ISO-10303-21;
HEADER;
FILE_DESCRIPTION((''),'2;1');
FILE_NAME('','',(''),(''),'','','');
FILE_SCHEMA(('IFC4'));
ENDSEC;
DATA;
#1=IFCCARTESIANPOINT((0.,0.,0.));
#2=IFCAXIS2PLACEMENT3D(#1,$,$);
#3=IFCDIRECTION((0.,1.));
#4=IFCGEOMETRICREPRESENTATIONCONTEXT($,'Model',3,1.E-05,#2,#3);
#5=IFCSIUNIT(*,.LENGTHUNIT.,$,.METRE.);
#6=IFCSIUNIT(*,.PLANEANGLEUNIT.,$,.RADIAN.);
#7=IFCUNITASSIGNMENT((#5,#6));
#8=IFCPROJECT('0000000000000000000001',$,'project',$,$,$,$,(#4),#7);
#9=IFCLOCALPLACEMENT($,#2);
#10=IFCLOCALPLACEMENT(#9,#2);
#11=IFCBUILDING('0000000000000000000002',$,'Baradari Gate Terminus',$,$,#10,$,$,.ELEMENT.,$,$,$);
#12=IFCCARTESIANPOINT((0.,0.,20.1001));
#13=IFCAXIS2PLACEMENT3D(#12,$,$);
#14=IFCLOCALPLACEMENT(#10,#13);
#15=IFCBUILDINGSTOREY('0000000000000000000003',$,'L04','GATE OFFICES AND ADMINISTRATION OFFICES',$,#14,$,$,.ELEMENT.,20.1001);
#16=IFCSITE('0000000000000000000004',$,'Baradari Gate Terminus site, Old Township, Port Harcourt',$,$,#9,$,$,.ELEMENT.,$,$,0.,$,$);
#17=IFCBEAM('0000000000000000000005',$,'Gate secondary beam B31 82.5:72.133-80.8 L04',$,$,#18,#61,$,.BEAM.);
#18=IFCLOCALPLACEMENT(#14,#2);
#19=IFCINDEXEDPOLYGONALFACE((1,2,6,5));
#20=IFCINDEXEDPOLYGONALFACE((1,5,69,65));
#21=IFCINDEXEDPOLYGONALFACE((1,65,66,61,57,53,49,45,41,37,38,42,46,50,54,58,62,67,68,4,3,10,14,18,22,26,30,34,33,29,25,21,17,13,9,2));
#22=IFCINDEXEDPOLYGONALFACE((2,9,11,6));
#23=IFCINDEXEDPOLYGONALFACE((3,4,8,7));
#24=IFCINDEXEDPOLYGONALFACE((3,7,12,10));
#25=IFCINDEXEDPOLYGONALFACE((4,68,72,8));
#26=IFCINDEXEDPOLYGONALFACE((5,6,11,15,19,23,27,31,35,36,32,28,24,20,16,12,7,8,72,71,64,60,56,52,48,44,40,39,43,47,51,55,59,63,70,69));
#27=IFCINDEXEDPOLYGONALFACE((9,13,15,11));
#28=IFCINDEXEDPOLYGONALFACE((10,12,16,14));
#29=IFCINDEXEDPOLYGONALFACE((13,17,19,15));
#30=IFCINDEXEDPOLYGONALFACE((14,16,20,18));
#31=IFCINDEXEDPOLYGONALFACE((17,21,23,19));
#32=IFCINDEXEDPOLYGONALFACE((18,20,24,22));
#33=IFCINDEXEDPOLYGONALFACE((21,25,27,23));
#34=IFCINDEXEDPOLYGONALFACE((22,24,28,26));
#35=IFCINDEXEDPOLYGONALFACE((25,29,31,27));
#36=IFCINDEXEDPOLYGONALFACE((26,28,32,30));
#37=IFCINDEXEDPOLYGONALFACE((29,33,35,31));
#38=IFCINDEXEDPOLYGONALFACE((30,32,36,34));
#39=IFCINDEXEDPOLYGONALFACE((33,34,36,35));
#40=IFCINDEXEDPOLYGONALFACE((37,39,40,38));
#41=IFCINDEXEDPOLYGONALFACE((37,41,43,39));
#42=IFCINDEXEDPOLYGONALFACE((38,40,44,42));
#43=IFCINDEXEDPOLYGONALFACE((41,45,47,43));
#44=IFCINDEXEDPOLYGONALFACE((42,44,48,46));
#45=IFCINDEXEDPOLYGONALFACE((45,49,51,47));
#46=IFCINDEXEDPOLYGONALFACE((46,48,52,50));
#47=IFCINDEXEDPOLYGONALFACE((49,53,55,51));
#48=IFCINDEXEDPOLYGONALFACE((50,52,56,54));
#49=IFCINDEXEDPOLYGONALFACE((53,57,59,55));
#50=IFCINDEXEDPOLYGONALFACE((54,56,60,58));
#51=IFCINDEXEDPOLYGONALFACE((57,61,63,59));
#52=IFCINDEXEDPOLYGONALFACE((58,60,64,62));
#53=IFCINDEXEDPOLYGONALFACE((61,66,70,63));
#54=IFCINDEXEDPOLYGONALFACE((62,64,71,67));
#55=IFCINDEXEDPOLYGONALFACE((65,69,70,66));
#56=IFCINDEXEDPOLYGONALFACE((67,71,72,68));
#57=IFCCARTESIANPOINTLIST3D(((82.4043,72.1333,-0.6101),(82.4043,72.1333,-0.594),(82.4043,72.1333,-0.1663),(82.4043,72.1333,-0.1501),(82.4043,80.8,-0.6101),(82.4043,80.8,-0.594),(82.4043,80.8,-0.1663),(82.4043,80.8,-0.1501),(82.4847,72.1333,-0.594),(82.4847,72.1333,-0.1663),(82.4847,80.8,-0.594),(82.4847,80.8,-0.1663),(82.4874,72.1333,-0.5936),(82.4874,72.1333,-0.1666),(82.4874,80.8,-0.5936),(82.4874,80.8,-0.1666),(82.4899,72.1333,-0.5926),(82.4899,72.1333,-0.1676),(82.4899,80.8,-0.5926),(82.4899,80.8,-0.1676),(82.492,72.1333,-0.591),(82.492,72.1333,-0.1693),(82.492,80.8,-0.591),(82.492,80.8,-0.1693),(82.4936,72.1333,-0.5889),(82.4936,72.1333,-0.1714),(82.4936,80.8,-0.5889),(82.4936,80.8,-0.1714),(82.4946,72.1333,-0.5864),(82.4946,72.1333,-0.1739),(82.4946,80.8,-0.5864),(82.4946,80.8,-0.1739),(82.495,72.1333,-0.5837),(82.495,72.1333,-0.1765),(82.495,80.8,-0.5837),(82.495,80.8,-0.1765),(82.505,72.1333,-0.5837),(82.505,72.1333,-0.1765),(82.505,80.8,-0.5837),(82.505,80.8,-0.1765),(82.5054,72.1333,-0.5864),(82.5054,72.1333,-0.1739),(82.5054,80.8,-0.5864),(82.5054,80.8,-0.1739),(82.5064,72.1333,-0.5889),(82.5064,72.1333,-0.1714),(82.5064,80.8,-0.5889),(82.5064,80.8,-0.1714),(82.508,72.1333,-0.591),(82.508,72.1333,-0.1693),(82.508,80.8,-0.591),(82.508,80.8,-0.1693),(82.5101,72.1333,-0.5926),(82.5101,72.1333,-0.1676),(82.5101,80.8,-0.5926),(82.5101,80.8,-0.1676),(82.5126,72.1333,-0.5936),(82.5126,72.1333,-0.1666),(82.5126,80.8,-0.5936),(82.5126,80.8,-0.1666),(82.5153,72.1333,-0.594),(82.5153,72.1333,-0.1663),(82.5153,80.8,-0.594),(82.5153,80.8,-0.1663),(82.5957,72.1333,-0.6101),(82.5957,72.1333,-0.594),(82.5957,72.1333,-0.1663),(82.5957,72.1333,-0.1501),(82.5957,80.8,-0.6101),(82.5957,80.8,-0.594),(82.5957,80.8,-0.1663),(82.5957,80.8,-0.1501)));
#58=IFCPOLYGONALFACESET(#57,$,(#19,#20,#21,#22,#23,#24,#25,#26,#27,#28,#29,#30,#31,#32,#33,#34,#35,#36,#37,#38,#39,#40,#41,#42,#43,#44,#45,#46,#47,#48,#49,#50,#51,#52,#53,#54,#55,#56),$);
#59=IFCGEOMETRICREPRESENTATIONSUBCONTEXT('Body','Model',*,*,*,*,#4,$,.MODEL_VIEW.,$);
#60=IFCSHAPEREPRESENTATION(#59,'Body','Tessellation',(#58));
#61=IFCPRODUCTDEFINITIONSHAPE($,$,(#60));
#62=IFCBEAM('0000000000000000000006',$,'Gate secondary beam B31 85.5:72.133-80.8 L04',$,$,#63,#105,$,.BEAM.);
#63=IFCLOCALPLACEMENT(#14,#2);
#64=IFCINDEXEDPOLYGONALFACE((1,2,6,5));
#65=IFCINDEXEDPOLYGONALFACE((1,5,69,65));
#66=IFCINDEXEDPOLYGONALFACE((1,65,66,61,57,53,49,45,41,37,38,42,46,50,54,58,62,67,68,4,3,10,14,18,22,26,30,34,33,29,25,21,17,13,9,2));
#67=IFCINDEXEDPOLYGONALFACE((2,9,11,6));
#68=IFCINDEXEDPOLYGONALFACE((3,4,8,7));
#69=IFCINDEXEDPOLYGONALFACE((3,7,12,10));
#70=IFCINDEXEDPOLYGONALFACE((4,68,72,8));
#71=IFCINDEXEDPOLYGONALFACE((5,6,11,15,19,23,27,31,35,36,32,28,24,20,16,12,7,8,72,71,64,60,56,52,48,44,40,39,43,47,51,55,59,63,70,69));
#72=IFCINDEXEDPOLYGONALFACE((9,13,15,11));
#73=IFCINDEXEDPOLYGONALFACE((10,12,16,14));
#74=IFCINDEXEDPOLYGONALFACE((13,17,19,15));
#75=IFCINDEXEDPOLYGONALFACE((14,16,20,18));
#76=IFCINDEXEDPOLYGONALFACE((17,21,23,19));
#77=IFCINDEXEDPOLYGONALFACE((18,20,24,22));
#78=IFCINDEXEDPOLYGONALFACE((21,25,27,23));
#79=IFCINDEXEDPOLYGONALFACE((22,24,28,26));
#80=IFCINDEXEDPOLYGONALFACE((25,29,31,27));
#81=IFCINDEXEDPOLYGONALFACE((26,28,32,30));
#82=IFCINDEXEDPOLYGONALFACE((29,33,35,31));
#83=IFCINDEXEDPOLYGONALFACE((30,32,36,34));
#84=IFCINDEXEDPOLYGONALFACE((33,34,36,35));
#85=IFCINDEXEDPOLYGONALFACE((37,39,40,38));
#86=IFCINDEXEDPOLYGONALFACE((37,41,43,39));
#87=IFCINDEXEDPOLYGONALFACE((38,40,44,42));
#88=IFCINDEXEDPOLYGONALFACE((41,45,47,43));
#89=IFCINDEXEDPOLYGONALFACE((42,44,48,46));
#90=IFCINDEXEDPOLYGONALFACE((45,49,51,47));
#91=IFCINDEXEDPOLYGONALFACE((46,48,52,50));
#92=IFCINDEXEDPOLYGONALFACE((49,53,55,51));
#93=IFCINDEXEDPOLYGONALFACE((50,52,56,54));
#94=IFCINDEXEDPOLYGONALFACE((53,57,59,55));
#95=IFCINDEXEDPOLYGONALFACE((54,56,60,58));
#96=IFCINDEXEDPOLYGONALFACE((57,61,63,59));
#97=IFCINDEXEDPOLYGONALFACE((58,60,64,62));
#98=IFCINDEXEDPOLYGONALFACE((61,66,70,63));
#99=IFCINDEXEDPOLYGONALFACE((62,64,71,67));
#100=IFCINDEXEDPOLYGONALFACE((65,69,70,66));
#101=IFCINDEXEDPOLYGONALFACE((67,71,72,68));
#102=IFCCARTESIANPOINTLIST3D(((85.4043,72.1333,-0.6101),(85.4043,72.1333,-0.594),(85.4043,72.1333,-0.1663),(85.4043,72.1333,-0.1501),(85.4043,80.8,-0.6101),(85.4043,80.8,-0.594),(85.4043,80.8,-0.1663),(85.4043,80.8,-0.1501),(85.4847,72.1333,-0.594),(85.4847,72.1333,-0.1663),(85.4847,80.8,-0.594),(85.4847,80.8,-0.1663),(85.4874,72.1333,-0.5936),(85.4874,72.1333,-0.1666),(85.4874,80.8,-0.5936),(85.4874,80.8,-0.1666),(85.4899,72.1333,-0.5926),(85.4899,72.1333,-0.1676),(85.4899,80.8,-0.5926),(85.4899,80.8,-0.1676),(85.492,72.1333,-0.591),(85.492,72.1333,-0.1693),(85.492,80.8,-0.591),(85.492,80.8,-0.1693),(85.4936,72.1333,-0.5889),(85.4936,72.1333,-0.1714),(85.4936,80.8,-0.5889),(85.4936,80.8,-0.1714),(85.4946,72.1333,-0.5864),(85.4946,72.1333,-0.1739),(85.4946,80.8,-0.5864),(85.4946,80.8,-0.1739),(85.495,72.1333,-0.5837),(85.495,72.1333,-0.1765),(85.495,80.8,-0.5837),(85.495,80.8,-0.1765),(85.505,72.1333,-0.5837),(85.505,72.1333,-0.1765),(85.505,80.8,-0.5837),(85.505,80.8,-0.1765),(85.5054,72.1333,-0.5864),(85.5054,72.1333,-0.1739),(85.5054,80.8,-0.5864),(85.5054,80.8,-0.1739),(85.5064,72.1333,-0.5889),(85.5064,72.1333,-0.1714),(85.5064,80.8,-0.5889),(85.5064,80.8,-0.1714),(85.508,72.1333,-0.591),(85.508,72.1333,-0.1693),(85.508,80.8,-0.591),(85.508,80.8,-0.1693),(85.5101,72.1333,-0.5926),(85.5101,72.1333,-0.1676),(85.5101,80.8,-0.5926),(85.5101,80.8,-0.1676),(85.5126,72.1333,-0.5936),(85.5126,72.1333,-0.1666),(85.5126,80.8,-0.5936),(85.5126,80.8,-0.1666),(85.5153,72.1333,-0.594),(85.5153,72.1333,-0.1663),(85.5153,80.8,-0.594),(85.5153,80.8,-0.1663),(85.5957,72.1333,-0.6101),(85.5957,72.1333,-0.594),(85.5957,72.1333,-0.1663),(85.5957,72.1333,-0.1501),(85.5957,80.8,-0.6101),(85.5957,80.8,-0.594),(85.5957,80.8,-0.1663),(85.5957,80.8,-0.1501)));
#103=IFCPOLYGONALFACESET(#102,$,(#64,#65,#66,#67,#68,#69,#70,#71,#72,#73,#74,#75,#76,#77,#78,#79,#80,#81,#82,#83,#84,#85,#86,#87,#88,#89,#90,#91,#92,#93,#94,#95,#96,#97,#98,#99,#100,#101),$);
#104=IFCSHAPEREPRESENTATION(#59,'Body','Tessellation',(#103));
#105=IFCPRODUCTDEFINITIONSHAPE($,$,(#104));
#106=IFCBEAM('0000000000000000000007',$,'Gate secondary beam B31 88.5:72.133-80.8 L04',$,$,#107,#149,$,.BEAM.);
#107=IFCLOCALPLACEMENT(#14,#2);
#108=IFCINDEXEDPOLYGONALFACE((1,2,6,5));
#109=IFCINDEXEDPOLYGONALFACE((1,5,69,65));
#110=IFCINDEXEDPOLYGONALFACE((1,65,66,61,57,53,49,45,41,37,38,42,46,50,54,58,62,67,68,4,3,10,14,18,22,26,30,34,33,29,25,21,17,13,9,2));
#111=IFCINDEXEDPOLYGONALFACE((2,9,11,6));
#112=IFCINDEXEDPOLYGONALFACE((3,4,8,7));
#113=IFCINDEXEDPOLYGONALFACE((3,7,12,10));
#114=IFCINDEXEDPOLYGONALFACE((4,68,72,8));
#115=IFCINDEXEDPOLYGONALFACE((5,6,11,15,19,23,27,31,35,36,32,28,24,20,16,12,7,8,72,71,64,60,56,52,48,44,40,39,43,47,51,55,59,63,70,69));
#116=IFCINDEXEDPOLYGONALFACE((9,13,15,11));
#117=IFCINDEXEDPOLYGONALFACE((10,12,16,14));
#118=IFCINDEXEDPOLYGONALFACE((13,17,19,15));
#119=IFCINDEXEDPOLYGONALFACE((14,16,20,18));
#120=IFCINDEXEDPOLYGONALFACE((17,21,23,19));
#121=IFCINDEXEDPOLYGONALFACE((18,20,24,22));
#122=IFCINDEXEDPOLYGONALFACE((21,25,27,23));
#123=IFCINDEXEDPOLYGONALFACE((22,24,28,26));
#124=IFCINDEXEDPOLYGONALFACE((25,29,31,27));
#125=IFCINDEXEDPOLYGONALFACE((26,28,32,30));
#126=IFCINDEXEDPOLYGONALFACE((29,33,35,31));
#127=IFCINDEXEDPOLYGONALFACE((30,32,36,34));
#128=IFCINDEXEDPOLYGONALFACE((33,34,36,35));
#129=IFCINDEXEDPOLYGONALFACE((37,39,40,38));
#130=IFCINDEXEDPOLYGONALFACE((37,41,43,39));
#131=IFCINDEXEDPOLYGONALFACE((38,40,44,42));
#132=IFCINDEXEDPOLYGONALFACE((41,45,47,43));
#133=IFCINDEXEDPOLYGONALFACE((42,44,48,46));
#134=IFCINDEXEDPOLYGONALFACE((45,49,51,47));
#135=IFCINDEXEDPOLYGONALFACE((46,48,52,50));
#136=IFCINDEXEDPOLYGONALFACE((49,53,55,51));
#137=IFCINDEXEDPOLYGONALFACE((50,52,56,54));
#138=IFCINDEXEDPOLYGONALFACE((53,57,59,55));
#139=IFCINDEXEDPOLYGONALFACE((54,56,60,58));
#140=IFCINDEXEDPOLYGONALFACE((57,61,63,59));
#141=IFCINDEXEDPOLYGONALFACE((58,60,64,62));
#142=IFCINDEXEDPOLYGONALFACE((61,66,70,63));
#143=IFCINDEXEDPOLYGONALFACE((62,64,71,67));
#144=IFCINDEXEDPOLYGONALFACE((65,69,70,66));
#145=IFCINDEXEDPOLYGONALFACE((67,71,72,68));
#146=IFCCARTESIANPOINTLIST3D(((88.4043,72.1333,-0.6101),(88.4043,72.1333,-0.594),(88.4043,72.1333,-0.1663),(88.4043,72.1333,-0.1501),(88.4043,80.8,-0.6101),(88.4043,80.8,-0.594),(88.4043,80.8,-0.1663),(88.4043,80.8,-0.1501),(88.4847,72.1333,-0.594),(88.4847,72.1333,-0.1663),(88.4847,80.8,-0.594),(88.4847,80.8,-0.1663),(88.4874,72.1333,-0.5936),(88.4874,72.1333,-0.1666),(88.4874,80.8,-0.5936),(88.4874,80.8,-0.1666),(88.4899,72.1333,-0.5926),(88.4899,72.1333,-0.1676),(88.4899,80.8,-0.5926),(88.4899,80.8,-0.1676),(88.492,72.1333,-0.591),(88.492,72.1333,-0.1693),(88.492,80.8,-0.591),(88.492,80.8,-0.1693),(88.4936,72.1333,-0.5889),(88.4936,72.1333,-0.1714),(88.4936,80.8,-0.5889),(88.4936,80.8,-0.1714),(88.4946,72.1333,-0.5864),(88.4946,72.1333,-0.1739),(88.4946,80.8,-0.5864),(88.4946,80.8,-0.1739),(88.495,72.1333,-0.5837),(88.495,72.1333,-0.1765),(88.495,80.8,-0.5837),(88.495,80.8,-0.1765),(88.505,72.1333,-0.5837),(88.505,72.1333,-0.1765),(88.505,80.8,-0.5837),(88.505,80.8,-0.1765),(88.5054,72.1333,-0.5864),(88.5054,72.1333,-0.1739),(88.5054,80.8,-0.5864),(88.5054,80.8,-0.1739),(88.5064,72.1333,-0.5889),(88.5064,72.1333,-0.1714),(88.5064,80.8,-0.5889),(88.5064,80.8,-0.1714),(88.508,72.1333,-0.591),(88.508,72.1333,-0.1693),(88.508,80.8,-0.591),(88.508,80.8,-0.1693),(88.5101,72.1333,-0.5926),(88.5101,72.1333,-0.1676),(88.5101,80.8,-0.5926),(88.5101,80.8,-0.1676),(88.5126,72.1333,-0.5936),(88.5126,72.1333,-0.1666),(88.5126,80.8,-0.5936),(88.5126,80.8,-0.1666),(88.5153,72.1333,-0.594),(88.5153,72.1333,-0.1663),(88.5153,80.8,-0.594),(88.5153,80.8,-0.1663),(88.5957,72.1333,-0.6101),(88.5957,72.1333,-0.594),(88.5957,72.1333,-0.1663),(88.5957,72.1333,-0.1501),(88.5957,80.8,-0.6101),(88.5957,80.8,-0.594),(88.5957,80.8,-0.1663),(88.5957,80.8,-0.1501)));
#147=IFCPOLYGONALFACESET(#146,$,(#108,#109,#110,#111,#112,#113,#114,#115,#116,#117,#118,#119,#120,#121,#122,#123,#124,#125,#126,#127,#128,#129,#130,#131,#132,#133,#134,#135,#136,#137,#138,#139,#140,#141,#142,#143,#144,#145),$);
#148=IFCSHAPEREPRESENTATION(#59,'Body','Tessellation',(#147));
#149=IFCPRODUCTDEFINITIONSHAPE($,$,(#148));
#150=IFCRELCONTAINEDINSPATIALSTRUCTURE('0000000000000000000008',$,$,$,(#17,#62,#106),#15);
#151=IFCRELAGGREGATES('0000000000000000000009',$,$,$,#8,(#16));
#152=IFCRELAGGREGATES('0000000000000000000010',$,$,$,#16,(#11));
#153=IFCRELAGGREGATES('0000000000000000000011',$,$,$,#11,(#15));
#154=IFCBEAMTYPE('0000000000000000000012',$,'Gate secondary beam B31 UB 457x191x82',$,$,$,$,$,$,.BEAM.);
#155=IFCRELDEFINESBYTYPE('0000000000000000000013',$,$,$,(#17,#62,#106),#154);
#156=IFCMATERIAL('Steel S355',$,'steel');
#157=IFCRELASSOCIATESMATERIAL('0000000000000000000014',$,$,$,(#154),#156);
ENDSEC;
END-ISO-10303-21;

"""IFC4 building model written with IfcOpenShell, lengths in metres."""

from ifc_helpers import new_model, si_unit, direction, frame, origin, origin_2d, place, context, subcontext, project, spatial, i_section, extrude, material, material_profile, profile_set, type_object, element, save


model = new_model("IFC4")

# Units and contexts
model_context = context("Model", 3, precision=1e-05, world=origin(), true_north=direction((0.0, 1.0)))
body_context = subcontext(model_context, "Body", "Model", "MODEL_VIEW")
ifc_project = project(units=[si_unit("LENGTHUNIT", "METRE"), si_unit("PLANEANGLEUNIT", "RADIAN")], contexts=[model_context])

# Site, building, storey
site_placement = place(None, origin())
site = spatial("IfcSite", under=ifc_project, at=site_placement, Name="Baradari Gate Terminus site, Old Township, Port Harcourt", CompositionType="ELEMENT", RefElevation=0.0)
building_placement = place(site_placement, origin())
building = spatial("IfcBuilding", under=site, at=building_placement, Name="Baradari Gate Terminus", CompositionType="ELEMENT")
storey_placement = place(building_placement, frame((0.0, 0.0, 20.1001)))
storey = spatial("IfcBuildingStorey", under=building, at=storey_placement, Name="L04", Description="GATE OFFICES AND ADMINISTRATION OFFICES", CompositionType="ELEMENT", Elevation=20.1001)

# Beams
ifc_material_1 = material(Name="Steel S355", Category="steel")
ifc_material_profile_1 = material_profile(ifc_material_1, i_section(OverallWidth=0.1914, OverallDepth=0.46, WebThickness=0.01, FlangeThickness=0.0161, FilletRadius=0.0103, at=origin_2d()), Name="UB 457x191x82")
ifc_profile_set_1 = profile_set([ifc_material_profile_1], Name="Steel S355")
beam_type_1 = type_object("IfcBeamType", Name="Gate secondary beam B31 UB 457x191x82", PredefinedType="BEAM", material=ifc_profile_set_1)
for number, where, z_axis, x_axis, name in (
    (1, (82.5, 72.1333, -0.3801), (0.0, 1.0, 0.0), (-1.0, 0.0, 0.0), "Gate secondary beam B31 82.5:72.133-80.8 L04"),
    (2, (85.5, 72.1333, -0.3801), (0.0, 1.0, 0.0), (-1.0, 0.0, 0.0), "Gate secondary beam B31 85.5:72.133-80.8 L04"),
    (3, (88.5, 72.1333, -0.3801), (0.0, 1.0, 0.0), (-1.0, 0.0, 0.0), "Gate secondary beam B31 88.5:72.133-80.8 L04"),
):
    element("IfcBeam", number, at=place(storey_placement, frame(where, z_axis=z_axis, x_axis=x_axis)), inside=storey, type_object=beam_type_1, Name=name, PredefinedType="BEAM", context=body_context, shape_type="SweptSolid", body=[
        extrude(i_section(OverallWidth=0.1914, OverallDepth=0.46, WebThickness=0.01, FlangeThickness=0.0161, FilletRadius=0.0103, at=origin_2d()), origin(), (0.0, 0.0, 1.0), 8.6667),
    ])

save(model, "model.ifc")
